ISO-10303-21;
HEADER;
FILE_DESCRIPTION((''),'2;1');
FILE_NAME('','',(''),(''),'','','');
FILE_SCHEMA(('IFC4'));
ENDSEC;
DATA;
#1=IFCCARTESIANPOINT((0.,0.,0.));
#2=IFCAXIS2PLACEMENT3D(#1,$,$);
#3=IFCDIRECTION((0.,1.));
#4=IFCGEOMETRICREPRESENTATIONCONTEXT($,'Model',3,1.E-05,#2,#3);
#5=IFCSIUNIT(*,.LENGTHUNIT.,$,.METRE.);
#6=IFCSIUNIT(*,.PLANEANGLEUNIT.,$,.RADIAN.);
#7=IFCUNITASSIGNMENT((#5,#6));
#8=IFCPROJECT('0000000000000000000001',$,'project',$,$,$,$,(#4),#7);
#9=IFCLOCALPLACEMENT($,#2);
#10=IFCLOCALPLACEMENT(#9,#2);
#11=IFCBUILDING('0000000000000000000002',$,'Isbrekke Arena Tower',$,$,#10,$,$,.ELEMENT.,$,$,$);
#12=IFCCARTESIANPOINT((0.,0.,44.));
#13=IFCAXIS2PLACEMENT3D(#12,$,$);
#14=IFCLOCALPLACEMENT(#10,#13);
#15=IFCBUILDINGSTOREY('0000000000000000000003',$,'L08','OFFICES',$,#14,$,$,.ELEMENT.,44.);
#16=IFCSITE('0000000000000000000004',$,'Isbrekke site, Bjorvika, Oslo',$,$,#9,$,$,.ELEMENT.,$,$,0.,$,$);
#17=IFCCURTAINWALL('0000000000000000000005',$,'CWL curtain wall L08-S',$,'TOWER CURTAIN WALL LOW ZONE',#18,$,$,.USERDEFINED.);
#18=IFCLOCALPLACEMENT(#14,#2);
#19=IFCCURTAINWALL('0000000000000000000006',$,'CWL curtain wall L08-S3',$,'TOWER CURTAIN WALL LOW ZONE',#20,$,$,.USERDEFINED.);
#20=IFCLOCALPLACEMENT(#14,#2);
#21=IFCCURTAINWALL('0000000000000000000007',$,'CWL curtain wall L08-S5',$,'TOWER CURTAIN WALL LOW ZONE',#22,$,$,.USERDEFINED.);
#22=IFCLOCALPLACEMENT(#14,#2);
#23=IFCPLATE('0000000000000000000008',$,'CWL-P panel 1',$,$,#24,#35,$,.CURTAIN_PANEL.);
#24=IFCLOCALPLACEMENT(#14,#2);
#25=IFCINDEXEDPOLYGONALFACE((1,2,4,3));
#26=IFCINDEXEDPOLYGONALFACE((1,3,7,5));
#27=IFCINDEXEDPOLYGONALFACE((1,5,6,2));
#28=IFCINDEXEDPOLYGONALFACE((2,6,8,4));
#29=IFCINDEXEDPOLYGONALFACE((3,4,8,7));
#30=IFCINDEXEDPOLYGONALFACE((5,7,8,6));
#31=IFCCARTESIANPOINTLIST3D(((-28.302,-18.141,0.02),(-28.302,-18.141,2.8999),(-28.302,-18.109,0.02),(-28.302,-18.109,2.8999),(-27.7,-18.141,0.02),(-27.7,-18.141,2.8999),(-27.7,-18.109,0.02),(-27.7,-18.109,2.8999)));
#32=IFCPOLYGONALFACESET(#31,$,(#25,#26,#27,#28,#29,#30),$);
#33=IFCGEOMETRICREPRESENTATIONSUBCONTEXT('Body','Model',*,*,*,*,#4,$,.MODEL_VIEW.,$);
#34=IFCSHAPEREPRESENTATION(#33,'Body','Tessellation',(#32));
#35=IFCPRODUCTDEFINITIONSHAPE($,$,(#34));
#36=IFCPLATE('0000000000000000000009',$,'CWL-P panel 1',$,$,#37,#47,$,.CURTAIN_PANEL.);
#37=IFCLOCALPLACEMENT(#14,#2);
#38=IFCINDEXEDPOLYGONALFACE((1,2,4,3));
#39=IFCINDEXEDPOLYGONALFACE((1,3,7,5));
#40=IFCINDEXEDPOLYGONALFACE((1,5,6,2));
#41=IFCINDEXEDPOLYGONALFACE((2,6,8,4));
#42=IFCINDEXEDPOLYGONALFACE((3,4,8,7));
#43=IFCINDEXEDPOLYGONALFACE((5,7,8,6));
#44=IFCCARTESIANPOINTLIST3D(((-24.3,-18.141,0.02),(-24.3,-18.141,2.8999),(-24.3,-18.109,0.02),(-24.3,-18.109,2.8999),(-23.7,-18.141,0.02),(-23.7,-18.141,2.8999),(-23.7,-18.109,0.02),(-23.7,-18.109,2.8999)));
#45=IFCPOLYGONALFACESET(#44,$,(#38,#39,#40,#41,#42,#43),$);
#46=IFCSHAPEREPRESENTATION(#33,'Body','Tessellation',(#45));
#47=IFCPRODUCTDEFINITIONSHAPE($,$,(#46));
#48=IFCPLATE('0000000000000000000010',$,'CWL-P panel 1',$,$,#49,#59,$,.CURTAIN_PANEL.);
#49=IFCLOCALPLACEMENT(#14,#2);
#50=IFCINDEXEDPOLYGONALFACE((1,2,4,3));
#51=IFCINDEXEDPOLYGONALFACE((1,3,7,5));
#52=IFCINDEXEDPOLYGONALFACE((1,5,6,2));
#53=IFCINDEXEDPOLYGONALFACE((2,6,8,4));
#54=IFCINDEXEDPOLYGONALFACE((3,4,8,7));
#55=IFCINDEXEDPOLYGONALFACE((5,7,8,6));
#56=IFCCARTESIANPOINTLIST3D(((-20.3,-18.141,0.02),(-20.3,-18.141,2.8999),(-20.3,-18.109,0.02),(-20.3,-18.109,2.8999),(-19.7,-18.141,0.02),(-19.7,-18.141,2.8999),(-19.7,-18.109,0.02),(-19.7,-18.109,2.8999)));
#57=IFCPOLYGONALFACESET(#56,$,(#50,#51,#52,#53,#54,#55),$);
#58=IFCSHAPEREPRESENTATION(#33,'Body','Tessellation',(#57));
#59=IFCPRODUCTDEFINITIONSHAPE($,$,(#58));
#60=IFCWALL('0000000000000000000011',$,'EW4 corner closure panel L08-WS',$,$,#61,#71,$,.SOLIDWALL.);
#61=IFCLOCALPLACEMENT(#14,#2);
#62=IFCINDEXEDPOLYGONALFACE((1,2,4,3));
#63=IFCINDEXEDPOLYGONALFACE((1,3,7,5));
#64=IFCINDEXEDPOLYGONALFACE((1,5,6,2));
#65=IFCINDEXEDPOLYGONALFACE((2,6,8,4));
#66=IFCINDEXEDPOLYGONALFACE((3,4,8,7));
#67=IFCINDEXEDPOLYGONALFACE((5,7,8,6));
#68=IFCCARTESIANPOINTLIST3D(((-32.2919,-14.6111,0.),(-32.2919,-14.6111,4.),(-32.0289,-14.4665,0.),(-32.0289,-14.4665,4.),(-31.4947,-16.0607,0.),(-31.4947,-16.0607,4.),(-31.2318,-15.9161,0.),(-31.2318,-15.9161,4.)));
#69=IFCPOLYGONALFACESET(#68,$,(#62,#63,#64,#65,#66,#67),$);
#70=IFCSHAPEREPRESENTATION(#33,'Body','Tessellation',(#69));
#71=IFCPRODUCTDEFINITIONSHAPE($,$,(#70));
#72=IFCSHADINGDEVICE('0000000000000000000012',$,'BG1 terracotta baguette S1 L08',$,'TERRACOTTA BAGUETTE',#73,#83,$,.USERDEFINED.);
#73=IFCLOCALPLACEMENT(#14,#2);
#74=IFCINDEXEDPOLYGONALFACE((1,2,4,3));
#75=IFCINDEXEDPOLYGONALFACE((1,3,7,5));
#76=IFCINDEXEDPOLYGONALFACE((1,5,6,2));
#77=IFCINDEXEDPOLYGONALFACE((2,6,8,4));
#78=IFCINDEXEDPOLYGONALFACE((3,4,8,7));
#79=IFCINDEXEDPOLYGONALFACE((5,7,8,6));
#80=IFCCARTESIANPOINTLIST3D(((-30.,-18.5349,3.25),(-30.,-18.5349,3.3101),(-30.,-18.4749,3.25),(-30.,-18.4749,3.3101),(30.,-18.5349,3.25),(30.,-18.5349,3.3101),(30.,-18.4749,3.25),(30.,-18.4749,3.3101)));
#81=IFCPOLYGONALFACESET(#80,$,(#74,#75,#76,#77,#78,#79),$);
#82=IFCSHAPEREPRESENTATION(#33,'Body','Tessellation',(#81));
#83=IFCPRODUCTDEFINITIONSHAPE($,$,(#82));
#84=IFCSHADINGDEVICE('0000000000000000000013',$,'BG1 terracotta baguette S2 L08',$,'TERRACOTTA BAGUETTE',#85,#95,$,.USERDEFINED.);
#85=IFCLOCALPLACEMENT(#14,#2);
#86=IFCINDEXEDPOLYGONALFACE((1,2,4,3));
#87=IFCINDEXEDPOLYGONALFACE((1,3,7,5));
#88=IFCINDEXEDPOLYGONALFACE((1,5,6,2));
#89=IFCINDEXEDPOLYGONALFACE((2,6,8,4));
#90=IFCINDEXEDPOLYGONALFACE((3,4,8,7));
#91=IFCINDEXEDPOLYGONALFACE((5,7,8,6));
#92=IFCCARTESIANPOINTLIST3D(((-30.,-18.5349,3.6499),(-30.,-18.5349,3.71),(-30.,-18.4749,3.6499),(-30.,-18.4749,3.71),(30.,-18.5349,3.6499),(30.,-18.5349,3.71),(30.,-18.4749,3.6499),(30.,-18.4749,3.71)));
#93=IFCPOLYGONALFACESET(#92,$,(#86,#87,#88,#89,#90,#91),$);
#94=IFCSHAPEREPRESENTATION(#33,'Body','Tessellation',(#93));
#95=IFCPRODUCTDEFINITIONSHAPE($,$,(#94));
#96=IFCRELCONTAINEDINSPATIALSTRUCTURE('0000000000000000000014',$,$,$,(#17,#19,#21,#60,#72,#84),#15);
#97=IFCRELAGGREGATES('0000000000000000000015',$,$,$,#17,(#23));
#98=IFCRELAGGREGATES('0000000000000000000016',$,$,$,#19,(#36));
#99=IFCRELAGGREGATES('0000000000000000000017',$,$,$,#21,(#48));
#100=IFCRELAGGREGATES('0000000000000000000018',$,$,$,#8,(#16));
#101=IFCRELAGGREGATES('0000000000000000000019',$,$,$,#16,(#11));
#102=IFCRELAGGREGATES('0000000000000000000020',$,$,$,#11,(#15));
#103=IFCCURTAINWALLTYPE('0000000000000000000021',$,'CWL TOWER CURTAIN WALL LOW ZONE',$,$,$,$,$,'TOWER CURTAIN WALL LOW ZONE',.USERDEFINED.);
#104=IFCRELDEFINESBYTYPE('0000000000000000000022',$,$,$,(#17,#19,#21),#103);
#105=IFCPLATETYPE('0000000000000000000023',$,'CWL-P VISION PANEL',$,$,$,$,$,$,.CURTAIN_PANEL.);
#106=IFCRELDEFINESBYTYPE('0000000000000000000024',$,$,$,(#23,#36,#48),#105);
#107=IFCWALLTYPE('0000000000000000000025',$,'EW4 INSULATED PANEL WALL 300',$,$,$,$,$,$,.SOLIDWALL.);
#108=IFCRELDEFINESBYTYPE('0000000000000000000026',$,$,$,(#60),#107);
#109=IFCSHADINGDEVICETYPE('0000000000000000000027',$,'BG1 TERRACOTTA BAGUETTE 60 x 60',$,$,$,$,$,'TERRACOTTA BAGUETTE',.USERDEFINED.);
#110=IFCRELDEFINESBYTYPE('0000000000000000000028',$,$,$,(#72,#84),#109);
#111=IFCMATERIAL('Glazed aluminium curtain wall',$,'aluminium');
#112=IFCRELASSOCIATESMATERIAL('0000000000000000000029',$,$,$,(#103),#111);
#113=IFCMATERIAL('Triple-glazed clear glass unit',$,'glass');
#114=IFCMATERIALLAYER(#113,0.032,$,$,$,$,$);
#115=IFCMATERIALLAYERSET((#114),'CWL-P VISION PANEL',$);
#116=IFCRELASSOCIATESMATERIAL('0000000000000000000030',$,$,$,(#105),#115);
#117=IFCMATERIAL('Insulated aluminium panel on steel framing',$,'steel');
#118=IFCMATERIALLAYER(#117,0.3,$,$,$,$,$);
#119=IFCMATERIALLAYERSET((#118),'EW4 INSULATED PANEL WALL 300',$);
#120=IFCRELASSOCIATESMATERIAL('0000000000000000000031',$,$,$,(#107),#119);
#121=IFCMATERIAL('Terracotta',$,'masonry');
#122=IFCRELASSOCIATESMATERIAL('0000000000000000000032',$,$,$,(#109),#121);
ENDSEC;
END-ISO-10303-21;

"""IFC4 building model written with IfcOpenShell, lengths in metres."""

from ifc_helpers import new_model, si_unit, direction, frame, frame_2d, origin, origin_2d, place, context, subcontext, project, spatial, rectangle, extrude, material, layer, layer_set, material_profile, profile_set, type_object, element, aggregate, save


model = new_model("IFC4")

# Units and contexts
model_context = context("Model", 3, precision=1e-05, world=origin(), true_north=direction((0.0, 1.0)))
body_context = subcontext(model_context, "Body", "Model", "MODEL_VIEW")
ifc_project = project(units=[si_unit("LENGTHUNIT", "METRE"), si_unit("PLANEANGLEUNIT", "RADIAN")], contexts=[model_context])

# Site, building, storey
site_placement = place(None, origin())
site = spatial("IfcSite", under=ifc_project, at=site_placement, Name="Isbrekke site, Bjorvika, Oslo", CompositionType="ELEMENT", RefElevation=0.0)
building_placement = place(site_placement, origin())
building = spatial("IfcBuilding", under=site, at=building_placement, Name="Isbrekke Arena Tower", CompositionType="ELEMENT")
storey_placement = place(building_placement, frame((0.0, 0.0, 44.0)))
storey = spatial("IfcBuildingStorey", under=building, at=storey_placement, Name="L08", Description="OFFICES", CompositionType="ELEMENT", Elevation=44.0)

# Curtain walls
ifc_material_1 = material(Name="Glazed aluminium curtain wall", Category="aluminium")
curtain_wall_type = type_object("IfcCurtainWallType", Name="CWL TOWER CURTAIN WALL LOW ZONE", ElementType="TOWER CURTAIN WALL LOW ZONE", PredefinedType="USERDEFINED", material=ifc_material_1)
curtain_wall_1_placement = place(storey_placement, origin())
curtain_wall_1 = element("IfcCurtainWall", 1, at=curtain_wall_1_placement, inside=storey, type_object=curtain_wall_type, Name="CWL curtain wall L08-S", ObjectType="TOWER CURTAIN WALL LOW ZONE", PredefinedType="USERDEFINED")
curtain_wall_2_placement = place(storey_placement, origin())
curtain_wall_2 = element("IfcCurtainWall", 2, at=curtain_wall_2_placement, inside=storey, type_object=curtain_wall_type, Name="CWL curtain wall L08-S3", ObjectType="TOWER CURTAIN WALL LOW ZONE", PredefinedType="USERDEFINED")

# Curtain wall
curtain_wall_3_placement = place(storey_placement, origin())
curtain_wall_3 = element("IfcCurtainWall", 3, at=curtain_wall_3_placement, inside=storey, type_object=curtain_wall_type, Name="CWL curtain wall L08-S5", ObjectType="TOWER CURTAIN WALL LOW ZONE", PredefinedType="USERDEFINED")

# Plates
ifc_material_2 = material(Name="Triple-glazed clear glass unit", Category="glass")
ifc_layer_1 = layer(ifc_material_2, 0.032)
ifc_layer_set_1 = layer_set([ifc_layer_1], Name="CWL-P VISION PANEL")
plate_type = type_object("IfcPlateType", Name="CWL-P VISION PANEL", PredefinedType="CURTAIN_PANEL", material=ifc_layer_set_1)
plate_1_placement = place(storey_placement, frame((-28.001, -18.125, 0.02), z_axis=(0.0, 0.0, 1.0), x_axis=(1.0, 0.0, 0.0)))
plate_1 = element("IfcPlate", 4, at=plate_1_placement, type_object=plate_type, Name="CWL-P panel 1", PredefinedType="CURTAIN_PANEL", context=body_context, shape_type="SweptSolid", body=[
    extrude(rectangle(XDim=0.6021, YDim=0.032, at=origin_2d()), origin(), (0.0, 0.0, 1.0), 2.8799),
])
aggregate(curtain_wall_1, [plate_1])
plate_2_placement = place(storey_placement, frame((-24.0, -18.125, 0.02), z_axis=(0.0, 0.0, 1.0), x_axis=(1.0, 0.0, 0.0)))
plate_2 = element("IfcPlate", 5, at=plate_2_placement, type_object=plate_type, Name="CWL-P panel 1", PredefinedType="CURTAIN_PANEL", context=body_context, shape_type="SweptSolid", body=[
    extrude(rectangle(XDim=0.6001, YDim=0.032, at=origin_2d()), origin(), (0.0, 0.0, 1.0), 2.8799),
])
aggregate(curtain_wall_2, [plate_2])
plate_3_placement = place(storey_placement, frame((-20.0, -18.125, 0.02), z_axis=(0.0, 0.0, 1.0), x_axis=(1.0, 0.0, 0.0)))
plate_3 = element("IfcPlate", 6, at=plate_3_placement, type_object=plate_type, Name="CWL-P panel 1", PredefinedType="CURTAIN_PANEL", context=body_context, shape_type="SweptSolid", body=[
    extrude(rectangle(XDim=0.6001, YDim=0.032, at=origin_2d()), origin(), (0.0, 0.0, 1.0), 2.8799),
])
aggregate(curtain_wall_3, [plate_3])

# Wall
ifc_material_3 = material(Name="Insulated aluminium panel on steel framing", Category="steel")
ifc_layer_2 = layer(ifc_material_3, 0.3)
ifc_layer_set_2 = layer_set([ifc_layer_2], Name="EW4 INSULATED PANEL WALL 300")
wall_type = type_object("IfcWallType", Name="EW4 INSULATED PANEL WALL 300", PredefinedType="SOLIDWALL", material=ifc_layer_set_2)
wall_placement = place(storey_placement, frame((-32.1604, -14.5388, 0.0), z_axis=(0.0, 0.0, 1.0), x_axis=(0.481879, -0.876238, 0.0)))
element("IfcWall", 7, at=wall_placement, inside=storey, type_object=wall_type, Name="EW4 corner closure panel L08-WS", PredefinedType="SOLIDWALL", context=body_context, shape_type="SweptSolid", body=[
    extrude(rectangle(XDim=1.6543, YDim=0.3, at=frame_2d((0.8271, 0.0))), origin(), (0.0, 0.0, 1.0), 4.0),
])

# Shading devices
ifc_material_4 = material(Name="Terracotta", Category="masonry")
ifc_material_profile_1 = material_profile(ifc_material_4, rectangle(XDim=0.0601, YDim=0.0601, at=origin_2d()), Name="BAGUETTE 60X60")
ifc_profile_set_1 = profile_set([ifc_material_profile_1], Name="Terracotta")
shading_device_type = type_object("IfcShadingDeviceType", Name="BG1 TERRACOTTA BAGUETTE 60 x 60", ElementType="TERRACOTTA BAGUETTE", PredefinedType="USERDEFINED", material=ifc_profile_set_1)
for number, where, z_axis, x_axis, name in (
    (8, (-30.0, -18.5049, 3.28), (1.0, 0.0, 0.0), (0.0, 1.0, 0.0), "BG1 terracotta baguette S1 L08"),
    (9, (-30.0, -18.5049, 3.6799), (1.0, 0.0, 0.0), (0.0, 1.0, 0.0), "BG1 terracotta baguette S2 L08"),
):
    element("IfcShadingDevice", number, at=place(storey_placement, frame(where, z_axis=z_axis, x_axis=x_axis)), inside=storey, type_object=shading_device_type, Name=name, ObjectType="TERRACOTTA BAGUETTE", PredefinedType="USERDEFINED", context=body_context, shape_type="SweptSolid", body=[
        extrude(rectangle(XDim=0.0601, YDim=0.0601, at=origin_2d()), origin(), (0.0, 0.0, 1.0), 60.0),
    ])

save(model, "model.ifc")
